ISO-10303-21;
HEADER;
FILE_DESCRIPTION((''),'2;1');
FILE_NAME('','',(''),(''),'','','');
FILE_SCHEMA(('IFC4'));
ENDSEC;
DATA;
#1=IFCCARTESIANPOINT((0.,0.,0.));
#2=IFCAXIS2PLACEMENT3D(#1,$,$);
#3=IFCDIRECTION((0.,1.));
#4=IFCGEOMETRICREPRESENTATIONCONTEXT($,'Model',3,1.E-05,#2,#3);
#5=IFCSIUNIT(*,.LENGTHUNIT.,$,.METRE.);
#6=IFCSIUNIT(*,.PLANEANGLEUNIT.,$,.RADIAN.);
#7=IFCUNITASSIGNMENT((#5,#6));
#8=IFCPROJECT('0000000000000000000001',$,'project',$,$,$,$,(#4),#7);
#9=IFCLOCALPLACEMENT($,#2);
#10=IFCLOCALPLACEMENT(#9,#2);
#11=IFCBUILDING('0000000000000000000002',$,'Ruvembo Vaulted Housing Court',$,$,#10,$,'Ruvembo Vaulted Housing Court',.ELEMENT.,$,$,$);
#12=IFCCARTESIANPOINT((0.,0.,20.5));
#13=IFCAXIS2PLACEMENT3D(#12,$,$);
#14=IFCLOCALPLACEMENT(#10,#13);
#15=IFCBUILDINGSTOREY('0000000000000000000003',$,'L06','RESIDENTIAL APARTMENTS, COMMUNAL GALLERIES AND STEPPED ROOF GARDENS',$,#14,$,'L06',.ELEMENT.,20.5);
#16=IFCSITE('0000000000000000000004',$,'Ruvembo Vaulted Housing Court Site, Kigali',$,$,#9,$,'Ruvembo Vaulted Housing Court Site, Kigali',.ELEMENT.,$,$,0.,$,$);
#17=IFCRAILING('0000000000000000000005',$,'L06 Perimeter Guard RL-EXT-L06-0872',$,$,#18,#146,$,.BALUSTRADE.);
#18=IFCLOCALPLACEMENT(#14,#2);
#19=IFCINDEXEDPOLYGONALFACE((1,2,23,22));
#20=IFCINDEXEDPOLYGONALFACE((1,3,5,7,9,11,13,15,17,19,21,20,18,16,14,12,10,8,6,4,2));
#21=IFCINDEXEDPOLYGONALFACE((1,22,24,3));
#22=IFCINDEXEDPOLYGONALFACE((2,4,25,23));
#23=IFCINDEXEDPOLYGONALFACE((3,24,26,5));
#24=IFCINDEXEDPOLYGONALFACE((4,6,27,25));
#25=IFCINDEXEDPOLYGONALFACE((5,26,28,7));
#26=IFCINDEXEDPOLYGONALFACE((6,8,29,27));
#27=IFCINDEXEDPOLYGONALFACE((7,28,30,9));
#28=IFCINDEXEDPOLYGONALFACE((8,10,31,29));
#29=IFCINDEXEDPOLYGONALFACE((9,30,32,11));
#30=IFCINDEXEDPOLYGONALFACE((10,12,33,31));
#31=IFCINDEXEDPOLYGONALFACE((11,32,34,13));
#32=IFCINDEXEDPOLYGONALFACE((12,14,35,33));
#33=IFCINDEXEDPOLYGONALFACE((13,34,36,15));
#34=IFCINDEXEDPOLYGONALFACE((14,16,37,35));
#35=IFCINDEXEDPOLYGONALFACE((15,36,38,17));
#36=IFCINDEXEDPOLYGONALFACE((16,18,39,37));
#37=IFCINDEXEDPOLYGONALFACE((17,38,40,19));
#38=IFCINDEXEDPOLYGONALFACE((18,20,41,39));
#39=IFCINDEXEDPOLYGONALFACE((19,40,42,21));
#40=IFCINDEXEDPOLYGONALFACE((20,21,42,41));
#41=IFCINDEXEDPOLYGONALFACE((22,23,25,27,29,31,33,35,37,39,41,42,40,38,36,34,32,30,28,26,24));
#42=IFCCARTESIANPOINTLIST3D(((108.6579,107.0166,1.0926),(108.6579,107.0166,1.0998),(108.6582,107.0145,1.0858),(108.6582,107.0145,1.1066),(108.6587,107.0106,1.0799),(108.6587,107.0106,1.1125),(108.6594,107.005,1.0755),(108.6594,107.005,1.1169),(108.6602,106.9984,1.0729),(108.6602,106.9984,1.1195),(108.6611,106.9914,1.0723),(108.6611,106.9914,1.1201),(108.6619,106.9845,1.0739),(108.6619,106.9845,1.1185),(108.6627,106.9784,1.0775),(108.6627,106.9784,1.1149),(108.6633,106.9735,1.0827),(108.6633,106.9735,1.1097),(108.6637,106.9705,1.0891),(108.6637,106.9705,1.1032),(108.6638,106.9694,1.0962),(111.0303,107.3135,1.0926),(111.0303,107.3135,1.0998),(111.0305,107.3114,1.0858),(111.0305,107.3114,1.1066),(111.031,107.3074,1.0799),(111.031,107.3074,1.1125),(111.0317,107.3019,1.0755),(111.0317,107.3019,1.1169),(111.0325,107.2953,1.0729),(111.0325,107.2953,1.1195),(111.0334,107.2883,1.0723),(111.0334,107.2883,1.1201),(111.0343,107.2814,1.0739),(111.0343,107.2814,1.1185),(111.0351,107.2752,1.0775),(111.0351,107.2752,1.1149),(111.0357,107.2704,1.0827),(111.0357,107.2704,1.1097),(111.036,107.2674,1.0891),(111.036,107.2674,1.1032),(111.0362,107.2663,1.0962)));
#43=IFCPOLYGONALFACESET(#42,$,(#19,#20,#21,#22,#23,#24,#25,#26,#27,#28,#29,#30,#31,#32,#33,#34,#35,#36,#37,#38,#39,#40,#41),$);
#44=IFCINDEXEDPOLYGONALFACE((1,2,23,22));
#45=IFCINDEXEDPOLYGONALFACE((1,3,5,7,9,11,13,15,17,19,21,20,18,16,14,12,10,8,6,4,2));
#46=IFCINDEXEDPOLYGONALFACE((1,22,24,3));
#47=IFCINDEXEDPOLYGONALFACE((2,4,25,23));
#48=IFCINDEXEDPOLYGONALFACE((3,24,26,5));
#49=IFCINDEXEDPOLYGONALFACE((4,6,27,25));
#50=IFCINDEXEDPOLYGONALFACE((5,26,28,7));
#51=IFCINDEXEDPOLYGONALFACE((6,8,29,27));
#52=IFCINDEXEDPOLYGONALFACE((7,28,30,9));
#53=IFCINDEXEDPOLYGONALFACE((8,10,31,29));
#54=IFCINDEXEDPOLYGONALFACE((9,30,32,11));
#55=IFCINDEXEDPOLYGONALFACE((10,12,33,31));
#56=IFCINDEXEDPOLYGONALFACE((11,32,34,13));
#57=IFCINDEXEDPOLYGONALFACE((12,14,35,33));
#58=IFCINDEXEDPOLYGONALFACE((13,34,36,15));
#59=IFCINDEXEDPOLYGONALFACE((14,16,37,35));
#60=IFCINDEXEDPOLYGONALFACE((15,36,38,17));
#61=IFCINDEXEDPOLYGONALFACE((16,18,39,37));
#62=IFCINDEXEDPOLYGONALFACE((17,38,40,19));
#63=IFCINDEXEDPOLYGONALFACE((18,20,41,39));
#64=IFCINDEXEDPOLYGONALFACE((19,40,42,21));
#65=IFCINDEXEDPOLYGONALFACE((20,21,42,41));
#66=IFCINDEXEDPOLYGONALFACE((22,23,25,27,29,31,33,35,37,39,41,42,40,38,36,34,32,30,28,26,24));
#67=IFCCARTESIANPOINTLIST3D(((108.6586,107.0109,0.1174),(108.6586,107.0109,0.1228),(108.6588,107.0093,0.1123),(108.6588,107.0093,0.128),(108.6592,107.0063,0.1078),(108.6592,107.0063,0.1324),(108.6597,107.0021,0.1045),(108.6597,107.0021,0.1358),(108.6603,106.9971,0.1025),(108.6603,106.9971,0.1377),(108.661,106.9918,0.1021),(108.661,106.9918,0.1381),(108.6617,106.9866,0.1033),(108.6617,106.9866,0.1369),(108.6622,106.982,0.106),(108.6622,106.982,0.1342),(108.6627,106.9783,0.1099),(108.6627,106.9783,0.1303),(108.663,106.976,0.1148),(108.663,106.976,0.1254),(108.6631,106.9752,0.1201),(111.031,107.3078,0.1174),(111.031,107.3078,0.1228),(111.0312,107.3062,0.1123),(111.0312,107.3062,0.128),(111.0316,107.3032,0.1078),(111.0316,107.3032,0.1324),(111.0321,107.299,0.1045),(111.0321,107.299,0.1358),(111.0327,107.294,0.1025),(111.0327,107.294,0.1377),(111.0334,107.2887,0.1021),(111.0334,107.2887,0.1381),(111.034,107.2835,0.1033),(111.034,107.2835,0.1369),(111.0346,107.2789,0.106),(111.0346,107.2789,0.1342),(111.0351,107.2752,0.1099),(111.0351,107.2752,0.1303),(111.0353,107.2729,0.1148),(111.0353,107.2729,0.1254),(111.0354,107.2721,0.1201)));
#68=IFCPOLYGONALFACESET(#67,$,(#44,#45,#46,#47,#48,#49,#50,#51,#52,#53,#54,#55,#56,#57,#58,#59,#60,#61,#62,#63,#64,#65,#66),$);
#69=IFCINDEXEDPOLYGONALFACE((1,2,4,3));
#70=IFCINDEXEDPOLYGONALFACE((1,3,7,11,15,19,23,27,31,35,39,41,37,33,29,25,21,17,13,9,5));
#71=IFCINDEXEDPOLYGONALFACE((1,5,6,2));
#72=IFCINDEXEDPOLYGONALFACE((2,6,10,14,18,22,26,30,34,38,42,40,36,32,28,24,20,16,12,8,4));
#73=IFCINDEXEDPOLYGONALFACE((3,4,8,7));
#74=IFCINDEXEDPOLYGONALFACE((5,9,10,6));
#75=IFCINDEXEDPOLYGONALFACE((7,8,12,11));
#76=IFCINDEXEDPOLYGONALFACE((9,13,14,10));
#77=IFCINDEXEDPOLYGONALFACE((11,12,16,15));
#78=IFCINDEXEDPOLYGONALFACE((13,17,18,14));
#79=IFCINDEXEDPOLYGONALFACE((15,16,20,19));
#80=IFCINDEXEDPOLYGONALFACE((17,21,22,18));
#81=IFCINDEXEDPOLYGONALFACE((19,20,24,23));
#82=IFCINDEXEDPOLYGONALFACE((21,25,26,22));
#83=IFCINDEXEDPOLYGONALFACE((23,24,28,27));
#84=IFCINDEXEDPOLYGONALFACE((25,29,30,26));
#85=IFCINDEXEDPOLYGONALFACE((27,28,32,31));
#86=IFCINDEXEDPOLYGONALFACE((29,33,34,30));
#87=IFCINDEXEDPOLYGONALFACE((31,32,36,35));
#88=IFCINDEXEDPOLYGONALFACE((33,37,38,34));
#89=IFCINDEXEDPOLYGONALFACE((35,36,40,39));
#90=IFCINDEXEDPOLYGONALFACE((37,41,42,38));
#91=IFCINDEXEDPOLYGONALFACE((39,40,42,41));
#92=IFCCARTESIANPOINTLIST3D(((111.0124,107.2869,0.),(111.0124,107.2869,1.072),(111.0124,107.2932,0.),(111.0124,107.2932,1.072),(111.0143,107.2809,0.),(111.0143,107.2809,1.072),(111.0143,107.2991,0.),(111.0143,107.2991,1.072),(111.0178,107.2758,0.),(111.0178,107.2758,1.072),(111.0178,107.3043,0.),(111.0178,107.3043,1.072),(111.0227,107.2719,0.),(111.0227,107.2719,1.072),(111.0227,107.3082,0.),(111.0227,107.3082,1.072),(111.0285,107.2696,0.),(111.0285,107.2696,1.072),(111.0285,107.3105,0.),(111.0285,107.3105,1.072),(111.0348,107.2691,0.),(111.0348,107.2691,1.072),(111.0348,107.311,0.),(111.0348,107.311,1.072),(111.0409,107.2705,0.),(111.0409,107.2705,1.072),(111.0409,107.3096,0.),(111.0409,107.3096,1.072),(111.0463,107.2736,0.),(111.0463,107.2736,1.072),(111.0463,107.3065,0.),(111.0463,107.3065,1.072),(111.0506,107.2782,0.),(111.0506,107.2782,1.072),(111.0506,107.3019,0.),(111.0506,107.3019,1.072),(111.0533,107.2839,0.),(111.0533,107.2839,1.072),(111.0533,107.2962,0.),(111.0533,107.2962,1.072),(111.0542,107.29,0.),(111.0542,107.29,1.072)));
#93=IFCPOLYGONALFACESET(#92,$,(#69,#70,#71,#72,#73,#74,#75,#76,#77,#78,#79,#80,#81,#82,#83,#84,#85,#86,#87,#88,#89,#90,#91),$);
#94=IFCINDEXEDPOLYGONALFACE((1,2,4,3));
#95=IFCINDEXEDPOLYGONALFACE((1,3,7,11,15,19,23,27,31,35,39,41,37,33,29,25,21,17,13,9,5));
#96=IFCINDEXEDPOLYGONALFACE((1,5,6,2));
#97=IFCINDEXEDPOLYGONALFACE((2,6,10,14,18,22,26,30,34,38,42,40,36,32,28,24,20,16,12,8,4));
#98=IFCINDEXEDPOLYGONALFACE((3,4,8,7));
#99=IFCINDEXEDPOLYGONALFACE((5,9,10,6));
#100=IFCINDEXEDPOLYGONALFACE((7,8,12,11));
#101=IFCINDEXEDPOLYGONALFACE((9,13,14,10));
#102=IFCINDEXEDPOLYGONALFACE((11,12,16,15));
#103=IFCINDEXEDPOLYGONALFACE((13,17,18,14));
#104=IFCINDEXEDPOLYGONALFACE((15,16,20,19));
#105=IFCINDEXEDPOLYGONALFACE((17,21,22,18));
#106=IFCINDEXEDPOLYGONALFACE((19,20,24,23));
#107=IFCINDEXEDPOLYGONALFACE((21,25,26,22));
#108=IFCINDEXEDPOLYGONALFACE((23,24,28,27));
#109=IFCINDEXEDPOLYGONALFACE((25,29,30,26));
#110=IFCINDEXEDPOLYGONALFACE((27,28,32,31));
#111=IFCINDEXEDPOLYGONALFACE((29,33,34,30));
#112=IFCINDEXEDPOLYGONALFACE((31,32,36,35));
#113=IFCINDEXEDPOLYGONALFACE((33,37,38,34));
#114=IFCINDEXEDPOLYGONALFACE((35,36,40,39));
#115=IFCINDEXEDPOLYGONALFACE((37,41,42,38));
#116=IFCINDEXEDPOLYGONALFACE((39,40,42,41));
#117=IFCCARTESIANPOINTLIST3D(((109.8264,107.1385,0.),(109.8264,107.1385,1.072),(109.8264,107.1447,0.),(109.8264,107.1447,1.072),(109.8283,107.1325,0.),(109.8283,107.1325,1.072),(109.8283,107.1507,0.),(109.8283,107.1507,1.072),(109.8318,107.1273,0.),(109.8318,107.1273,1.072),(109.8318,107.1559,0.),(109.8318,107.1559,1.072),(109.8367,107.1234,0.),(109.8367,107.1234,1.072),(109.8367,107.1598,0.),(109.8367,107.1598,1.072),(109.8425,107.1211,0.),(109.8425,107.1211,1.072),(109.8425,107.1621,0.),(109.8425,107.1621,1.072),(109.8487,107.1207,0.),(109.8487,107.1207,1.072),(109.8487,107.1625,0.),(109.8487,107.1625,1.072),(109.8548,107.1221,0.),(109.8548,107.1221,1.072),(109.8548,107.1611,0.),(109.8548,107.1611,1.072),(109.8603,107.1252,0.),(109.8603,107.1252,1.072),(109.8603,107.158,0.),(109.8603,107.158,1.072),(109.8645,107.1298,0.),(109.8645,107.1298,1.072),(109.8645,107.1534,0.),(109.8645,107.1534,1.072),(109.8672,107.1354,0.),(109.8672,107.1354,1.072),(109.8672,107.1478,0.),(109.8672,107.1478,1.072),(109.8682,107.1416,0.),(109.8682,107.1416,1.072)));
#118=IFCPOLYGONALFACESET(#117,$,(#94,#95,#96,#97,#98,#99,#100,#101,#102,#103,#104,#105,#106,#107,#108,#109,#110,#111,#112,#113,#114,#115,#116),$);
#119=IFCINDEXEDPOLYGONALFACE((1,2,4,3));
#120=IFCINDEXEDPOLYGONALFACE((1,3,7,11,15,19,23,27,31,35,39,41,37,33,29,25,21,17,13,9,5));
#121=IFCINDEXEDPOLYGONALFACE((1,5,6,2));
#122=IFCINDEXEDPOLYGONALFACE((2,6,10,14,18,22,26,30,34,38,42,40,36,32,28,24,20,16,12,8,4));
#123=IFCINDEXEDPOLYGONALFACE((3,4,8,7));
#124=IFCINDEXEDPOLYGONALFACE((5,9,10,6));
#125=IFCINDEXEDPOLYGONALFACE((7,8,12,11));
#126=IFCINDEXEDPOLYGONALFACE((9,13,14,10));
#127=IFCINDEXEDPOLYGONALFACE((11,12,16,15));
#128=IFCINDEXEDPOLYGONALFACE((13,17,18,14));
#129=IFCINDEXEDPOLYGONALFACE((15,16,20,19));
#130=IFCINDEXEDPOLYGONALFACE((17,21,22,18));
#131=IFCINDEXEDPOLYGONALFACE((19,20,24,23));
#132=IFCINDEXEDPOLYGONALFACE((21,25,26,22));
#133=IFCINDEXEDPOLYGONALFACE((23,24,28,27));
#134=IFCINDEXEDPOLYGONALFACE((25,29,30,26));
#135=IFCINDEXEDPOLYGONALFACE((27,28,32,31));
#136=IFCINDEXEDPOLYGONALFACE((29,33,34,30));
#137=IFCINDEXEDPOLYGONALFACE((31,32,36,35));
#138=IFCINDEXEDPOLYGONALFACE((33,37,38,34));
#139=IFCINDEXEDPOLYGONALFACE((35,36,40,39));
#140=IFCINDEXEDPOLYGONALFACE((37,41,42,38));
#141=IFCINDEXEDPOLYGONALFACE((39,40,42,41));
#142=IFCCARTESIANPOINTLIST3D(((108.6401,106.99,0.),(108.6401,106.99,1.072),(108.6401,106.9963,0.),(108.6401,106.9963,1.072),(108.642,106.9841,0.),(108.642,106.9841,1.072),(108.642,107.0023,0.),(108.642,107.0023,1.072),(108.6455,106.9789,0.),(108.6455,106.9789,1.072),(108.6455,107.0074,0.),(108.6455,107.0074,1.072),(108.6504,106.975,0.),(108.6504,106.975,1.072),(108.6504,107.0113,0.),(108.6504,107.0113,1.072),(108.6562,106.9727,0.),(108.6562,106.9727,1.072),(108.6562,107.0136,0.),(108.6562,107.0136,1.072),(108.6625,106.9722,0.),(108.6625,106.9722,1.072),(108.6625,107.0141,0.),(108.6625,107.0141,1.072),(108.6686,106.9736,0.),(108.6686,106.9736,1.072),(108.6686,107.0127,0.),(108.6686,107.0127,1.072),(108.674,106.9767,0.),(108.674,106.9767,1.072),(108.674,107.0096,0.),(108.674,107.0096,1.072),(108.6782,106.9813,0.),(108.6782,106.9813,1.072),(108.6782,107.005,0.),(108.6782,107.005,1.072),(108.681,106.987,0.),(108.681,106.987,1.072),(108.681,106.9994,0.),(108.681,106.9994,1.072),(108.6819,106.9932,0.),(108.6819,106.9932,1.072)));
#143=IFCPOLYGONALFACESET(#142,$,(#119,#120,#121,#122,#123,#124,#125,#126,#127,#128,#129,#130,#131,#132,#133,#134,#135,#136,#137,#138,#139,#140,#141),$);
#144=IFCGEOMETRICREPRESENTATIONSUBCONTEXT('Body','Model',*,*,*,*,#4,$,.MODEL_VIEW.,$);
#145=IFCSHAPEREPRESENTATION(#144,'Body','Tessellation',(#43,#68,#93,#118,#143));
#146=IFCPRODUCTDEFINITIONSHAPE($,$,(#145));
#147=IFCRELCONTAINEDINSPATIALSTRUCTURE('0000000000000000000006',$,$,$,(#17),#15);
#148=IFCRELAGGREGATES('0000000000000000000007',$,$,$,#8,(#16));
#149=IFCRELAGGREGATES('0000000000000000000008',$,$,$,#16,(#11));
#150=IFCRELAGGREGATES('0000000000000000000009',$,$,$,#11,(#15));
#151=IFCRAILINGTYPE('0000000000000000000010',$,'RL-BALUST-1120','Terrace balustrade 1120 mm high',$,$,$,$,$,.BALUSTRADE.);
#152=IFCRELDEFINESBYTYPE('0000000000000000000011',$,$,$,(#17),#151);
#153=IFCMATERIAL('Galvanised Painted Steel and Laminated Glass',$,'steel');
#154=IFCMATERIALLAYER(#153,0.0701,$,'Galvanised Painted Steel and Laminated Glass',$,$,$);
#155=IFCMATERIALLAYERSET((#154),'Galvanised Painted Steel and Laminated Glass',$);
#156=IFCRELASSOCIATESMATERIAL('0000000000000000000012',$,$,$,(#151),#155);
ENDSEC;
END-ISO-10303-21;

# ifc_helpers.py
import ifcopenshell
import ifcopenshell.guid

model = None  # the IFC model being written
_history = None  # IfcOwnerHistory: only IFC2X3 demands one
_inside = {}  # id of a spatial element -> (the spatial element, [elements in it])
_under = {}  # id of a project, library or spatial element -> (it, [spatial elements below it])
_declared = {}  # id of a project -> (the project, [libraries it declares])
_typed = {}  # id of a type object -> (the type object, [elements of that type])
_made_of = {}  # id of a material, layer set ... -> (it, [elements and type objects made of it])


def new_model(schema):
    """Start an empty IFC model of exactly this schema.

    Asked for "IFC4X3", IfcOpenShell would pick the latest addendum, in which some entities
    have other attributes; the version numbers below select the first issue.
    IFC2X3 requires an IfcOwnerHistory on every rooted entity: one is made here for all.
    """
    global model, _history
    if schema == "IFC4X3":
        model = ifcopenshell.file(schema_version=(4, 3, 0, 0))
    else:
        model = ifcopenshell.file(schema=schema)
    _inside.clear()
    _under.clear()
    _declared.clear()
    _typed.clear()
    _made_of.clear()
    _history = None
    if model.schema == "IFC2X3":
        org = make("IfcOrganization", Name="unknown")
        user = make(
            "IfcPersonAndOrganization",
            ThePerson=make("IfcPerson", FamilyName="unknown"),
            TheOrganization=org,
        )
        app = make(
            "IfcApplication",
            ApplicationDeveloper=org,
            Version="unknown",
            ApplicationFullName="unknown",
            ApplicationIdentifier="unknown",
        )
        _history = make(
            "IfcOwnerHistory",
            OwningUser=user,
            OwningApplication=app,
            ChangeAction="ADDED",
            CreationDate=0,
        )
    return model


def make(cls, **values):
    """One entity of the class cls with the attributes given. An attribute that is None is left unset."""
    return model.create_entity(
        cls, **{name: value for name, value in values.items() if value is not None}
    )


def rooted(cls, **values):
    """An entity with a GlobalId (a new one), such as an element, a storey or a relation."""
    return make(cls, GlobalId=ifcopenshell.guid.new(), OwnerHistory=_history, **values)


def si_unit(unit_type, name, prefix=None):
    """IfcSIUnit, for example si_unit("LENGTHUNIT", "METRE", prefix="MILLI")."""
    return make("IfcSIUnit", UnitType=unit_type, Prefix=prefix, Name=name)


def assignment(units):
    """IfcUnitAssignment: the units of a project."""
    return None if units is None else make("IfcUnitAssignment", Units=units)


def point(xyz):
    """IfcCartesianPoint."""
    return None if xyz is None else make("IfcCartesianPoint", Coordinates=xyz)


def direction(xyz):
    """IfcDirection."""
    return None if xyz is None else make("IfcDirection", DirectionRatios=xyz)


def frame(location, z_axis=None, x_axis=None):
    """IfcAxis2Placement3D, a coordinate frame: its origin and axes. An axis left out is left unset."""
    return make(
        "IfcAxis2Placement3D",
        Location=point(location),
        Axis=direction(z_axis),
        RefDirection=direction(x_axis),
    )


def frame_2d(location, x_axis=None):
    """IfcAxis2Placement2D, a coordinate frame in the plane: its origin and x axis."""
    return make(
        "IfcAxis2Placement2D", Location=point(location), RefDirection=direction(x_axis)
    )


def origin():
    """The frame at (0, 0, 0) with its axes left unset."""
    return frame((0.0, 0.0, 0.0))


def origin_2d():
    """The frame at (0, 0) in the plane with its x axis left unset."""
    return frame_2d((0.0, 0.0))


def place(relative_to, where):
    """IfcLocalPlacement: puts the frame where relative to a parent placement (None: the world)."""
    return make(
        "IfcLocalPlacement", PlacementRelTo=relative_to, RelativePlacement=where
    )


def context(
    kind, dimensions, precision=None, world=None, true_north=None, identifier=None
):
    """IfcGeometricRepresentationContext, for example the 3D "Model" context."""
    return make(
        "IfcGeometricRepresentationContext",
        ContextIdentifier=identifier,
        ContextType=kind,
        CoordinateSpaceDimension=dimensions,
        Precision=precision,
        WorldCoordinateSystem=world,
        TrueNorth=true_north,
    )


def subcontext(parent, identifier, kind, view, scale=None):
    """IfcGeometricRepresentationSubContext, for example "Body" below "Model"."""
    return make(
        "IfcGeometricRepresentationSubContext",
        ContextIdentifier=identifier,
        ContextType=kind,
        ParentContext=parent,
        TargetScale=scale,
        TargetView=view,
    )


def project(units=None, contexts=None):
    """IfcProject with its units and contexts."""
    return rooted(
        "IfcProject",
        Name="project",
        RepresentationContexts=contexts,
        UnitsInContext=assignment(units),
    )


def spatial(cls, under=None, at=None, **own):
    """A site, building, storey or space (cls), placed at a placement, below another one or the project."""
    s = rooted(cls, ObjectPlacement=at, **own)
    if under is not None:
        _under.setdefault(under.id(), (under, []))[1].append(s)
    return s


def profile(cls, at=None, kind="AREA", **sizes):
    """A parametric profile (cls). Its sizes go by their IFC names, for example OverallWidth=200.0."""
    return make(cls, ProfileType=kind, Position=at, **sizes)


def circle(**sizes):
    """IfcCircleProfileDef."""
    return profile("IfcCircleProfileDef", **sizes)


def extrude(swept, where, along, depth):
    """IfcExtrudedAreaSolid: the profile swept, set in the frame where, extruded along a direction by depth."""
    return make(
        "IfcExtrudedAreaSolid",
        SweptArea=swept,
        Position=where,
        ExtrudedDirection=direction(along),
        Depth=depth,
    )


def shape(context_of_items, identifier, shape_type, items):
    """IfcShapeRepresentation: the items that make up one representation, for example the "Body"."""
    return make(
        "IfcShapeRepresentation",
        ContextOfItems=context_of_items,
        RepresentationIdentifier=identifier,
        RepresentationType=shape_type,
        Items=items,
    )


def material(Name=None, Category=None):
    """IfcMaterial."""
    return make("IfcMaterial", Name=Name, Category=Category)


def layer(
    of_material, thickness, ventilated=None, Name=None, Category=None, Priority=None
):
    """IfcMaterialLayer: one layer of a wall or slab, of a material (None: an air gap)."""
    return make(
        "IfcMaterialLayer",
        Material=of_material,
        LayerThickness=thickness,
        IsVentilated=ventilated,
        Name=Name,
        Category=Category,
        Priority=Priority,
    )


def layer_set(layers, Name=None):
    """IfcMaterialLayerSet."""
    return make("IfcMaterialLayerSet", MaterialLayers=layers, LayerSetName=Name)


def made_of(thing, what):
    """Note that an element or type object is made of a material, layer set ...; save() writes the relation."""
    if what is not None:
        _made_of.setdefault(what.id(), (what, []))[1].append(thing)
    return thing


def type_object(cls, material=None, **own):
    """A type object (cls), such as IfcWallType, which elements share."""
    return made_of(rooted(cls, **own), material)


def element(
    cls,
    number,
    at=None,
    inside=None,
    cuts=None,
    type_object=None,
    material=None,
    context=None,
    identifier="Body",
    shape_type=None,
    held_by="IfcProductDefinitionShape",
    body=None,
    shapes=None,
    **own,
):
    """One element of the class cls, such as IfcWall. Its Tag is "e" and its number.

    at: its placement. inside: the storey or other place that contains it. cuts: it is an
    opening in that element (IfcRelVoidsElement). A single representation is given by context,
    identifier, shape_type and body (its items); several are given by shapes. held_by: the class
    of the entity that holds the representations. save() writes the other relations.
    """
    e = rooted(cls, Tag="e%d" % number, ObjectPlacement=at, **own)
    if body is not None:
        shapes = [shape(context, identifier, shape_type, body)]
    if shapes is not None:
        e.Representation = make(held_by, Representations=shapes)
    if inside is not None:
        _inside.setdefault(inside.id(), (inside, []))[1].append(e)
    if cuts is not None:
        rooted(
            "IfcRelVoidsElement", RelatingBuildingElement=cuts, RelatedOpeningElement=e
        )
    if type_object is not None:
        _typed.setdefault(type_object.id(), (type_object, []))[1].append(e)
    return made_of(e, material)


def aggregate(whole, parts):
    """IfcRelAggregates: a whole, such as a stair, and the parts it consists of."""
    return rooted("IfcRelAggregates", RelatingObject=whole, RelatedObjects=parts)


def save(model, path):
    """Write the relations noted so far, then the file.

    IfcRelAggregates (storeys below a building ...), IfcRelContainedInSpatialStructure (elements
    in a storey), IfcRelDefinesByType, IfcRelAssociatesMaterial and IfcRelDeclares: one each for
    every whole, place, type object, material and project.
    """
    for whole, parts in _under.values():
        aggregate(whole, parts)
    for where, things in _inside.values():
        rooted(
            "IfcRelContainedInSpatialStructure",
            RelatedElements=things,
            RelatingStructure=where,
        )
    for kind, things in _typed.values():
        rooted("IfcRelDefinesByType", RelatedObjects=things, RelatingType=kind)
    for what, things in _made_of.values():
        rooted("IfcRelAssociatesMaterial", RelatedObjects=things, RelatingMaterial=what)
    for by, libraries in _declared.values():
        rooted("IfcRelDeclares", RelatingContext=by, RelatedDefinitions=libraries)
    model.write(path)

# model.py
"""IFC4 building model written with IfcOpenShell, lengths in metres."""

from ifc_helpers import new_model, si_unit, direction, frame, origin, origin_2d, place, context, subcontext, project, spatial, circle, extrude, material, layer, layer_set, type_object, element, save


model = new_model("IFC4")

# Units and contexts
model_context = context("Model", 3, precision=1e-05, world=origin(), true_north=direction((0.0, 1.0)))
body_context = subcontext(model_context, "Body", "Model", "MODEL_VIEW")
ifc_project = project(units=[si_unit("LENGTHUNIT", "METRE"), si_unit("PLANEANGLEUNIT", "RADIAN")], contexts=[model_context])

# Site, building, storey
site_placement = place(None, origin())
site = spatial("IfcSite", under=ifc_project, at=site_placement, Name="Ruvembo Vaulted Housing Court Site, Kigali", LongName="Ruvembo Vaulted Housing Court Site, Kigali", CompositionType="ELEMENT", RefElevation=0.0)
building_placement = place(site_placement, origin())
building = spatial("IfcBuilding", under=site, at=building_placement, Name="Ruvembo Vaulted Housing Court", LongName="Ruvembo Vaulted Housing Court", CompositionType="ELEMENT")
storey_placement = place(building_placement, frame((0.0, 0.0, 20.5)))
storey = spatial("IfcBuildingStorey", under=building, at=storey_placement, Name="L06", Description="RESIDENTIAL APARTMENTS, COMMUNAL GALLERIES AND STEPPED ROOF GARDENS", LongName="L06", CompositionType="ELEMENT", Elevation=20.5)

# Railing
ifc_material_1 = material(Name="Galvanised Painted Steel and Laminated Glass", Category="steel")
ifc_layer = layer(ifc_material_1, 0.0701, Name="Galvanised Painted Steel and Laminated Glass")
ifc_layer_set = layer_set([ifc_layer], Name="Galvanised Painted Steel and Laminated Glass")
railing_type = type_object("IfcRailingType", Name="RL-BALUST-1120", Description="Terrace balustrade 1120 mm high", PredefinedType="BALUSTRADE", material=ifc_layer_set)
railing_1_placement = place(storey_placement, frame((111.0332, 107.29, 0.0)))
element("IfcRailing", 1, at=railing_1_placement, inside=storey, type_object=railing_type, Name="L06 Perimeter Guard RL-EXT-L06-0872", PredefinedType="BALUSTRADE", context=body_context, shape_type="SweptSolid", body=[
    extrude(circle(Radius=0.0239, at=origin_2d()), frame((0.0, 0.0, 1.0962), z_axis=(-0.992261, -0.124173, 0.0), x_axis=(0.124173, -0.992261, 0.0)), (0.0, 0.0, 1.0), 2.3909),
    extrude(circle(Radius=0.0181, at=origin_2d()), frame((0.0, 0.0, 0.1201), z_axis=(-0.992261, -0.124173, 0.0), x_axis=(0.124173, -0.992261, 0.0)), (0.0, 0.0, 1.0), 2.3909),
    extrude(circle(Radius=0.021, at=origin_2d()), origin(), (0.0, 0.0, 1.0), 1.072),
    extrude(circle(Radius=0.021, at=origin_2d()), frame((-1.186, -0.1484, 0.0)), (0.0, 0.0, 1.0), 1.072),
    extrude(circle(Radius=0.021, at=origin_2d()), frame((-2.3723, -0.2969, 0.0)), (0.0, 0.0, 1.0), 1.072),
])

save(model, "model.ifc")
